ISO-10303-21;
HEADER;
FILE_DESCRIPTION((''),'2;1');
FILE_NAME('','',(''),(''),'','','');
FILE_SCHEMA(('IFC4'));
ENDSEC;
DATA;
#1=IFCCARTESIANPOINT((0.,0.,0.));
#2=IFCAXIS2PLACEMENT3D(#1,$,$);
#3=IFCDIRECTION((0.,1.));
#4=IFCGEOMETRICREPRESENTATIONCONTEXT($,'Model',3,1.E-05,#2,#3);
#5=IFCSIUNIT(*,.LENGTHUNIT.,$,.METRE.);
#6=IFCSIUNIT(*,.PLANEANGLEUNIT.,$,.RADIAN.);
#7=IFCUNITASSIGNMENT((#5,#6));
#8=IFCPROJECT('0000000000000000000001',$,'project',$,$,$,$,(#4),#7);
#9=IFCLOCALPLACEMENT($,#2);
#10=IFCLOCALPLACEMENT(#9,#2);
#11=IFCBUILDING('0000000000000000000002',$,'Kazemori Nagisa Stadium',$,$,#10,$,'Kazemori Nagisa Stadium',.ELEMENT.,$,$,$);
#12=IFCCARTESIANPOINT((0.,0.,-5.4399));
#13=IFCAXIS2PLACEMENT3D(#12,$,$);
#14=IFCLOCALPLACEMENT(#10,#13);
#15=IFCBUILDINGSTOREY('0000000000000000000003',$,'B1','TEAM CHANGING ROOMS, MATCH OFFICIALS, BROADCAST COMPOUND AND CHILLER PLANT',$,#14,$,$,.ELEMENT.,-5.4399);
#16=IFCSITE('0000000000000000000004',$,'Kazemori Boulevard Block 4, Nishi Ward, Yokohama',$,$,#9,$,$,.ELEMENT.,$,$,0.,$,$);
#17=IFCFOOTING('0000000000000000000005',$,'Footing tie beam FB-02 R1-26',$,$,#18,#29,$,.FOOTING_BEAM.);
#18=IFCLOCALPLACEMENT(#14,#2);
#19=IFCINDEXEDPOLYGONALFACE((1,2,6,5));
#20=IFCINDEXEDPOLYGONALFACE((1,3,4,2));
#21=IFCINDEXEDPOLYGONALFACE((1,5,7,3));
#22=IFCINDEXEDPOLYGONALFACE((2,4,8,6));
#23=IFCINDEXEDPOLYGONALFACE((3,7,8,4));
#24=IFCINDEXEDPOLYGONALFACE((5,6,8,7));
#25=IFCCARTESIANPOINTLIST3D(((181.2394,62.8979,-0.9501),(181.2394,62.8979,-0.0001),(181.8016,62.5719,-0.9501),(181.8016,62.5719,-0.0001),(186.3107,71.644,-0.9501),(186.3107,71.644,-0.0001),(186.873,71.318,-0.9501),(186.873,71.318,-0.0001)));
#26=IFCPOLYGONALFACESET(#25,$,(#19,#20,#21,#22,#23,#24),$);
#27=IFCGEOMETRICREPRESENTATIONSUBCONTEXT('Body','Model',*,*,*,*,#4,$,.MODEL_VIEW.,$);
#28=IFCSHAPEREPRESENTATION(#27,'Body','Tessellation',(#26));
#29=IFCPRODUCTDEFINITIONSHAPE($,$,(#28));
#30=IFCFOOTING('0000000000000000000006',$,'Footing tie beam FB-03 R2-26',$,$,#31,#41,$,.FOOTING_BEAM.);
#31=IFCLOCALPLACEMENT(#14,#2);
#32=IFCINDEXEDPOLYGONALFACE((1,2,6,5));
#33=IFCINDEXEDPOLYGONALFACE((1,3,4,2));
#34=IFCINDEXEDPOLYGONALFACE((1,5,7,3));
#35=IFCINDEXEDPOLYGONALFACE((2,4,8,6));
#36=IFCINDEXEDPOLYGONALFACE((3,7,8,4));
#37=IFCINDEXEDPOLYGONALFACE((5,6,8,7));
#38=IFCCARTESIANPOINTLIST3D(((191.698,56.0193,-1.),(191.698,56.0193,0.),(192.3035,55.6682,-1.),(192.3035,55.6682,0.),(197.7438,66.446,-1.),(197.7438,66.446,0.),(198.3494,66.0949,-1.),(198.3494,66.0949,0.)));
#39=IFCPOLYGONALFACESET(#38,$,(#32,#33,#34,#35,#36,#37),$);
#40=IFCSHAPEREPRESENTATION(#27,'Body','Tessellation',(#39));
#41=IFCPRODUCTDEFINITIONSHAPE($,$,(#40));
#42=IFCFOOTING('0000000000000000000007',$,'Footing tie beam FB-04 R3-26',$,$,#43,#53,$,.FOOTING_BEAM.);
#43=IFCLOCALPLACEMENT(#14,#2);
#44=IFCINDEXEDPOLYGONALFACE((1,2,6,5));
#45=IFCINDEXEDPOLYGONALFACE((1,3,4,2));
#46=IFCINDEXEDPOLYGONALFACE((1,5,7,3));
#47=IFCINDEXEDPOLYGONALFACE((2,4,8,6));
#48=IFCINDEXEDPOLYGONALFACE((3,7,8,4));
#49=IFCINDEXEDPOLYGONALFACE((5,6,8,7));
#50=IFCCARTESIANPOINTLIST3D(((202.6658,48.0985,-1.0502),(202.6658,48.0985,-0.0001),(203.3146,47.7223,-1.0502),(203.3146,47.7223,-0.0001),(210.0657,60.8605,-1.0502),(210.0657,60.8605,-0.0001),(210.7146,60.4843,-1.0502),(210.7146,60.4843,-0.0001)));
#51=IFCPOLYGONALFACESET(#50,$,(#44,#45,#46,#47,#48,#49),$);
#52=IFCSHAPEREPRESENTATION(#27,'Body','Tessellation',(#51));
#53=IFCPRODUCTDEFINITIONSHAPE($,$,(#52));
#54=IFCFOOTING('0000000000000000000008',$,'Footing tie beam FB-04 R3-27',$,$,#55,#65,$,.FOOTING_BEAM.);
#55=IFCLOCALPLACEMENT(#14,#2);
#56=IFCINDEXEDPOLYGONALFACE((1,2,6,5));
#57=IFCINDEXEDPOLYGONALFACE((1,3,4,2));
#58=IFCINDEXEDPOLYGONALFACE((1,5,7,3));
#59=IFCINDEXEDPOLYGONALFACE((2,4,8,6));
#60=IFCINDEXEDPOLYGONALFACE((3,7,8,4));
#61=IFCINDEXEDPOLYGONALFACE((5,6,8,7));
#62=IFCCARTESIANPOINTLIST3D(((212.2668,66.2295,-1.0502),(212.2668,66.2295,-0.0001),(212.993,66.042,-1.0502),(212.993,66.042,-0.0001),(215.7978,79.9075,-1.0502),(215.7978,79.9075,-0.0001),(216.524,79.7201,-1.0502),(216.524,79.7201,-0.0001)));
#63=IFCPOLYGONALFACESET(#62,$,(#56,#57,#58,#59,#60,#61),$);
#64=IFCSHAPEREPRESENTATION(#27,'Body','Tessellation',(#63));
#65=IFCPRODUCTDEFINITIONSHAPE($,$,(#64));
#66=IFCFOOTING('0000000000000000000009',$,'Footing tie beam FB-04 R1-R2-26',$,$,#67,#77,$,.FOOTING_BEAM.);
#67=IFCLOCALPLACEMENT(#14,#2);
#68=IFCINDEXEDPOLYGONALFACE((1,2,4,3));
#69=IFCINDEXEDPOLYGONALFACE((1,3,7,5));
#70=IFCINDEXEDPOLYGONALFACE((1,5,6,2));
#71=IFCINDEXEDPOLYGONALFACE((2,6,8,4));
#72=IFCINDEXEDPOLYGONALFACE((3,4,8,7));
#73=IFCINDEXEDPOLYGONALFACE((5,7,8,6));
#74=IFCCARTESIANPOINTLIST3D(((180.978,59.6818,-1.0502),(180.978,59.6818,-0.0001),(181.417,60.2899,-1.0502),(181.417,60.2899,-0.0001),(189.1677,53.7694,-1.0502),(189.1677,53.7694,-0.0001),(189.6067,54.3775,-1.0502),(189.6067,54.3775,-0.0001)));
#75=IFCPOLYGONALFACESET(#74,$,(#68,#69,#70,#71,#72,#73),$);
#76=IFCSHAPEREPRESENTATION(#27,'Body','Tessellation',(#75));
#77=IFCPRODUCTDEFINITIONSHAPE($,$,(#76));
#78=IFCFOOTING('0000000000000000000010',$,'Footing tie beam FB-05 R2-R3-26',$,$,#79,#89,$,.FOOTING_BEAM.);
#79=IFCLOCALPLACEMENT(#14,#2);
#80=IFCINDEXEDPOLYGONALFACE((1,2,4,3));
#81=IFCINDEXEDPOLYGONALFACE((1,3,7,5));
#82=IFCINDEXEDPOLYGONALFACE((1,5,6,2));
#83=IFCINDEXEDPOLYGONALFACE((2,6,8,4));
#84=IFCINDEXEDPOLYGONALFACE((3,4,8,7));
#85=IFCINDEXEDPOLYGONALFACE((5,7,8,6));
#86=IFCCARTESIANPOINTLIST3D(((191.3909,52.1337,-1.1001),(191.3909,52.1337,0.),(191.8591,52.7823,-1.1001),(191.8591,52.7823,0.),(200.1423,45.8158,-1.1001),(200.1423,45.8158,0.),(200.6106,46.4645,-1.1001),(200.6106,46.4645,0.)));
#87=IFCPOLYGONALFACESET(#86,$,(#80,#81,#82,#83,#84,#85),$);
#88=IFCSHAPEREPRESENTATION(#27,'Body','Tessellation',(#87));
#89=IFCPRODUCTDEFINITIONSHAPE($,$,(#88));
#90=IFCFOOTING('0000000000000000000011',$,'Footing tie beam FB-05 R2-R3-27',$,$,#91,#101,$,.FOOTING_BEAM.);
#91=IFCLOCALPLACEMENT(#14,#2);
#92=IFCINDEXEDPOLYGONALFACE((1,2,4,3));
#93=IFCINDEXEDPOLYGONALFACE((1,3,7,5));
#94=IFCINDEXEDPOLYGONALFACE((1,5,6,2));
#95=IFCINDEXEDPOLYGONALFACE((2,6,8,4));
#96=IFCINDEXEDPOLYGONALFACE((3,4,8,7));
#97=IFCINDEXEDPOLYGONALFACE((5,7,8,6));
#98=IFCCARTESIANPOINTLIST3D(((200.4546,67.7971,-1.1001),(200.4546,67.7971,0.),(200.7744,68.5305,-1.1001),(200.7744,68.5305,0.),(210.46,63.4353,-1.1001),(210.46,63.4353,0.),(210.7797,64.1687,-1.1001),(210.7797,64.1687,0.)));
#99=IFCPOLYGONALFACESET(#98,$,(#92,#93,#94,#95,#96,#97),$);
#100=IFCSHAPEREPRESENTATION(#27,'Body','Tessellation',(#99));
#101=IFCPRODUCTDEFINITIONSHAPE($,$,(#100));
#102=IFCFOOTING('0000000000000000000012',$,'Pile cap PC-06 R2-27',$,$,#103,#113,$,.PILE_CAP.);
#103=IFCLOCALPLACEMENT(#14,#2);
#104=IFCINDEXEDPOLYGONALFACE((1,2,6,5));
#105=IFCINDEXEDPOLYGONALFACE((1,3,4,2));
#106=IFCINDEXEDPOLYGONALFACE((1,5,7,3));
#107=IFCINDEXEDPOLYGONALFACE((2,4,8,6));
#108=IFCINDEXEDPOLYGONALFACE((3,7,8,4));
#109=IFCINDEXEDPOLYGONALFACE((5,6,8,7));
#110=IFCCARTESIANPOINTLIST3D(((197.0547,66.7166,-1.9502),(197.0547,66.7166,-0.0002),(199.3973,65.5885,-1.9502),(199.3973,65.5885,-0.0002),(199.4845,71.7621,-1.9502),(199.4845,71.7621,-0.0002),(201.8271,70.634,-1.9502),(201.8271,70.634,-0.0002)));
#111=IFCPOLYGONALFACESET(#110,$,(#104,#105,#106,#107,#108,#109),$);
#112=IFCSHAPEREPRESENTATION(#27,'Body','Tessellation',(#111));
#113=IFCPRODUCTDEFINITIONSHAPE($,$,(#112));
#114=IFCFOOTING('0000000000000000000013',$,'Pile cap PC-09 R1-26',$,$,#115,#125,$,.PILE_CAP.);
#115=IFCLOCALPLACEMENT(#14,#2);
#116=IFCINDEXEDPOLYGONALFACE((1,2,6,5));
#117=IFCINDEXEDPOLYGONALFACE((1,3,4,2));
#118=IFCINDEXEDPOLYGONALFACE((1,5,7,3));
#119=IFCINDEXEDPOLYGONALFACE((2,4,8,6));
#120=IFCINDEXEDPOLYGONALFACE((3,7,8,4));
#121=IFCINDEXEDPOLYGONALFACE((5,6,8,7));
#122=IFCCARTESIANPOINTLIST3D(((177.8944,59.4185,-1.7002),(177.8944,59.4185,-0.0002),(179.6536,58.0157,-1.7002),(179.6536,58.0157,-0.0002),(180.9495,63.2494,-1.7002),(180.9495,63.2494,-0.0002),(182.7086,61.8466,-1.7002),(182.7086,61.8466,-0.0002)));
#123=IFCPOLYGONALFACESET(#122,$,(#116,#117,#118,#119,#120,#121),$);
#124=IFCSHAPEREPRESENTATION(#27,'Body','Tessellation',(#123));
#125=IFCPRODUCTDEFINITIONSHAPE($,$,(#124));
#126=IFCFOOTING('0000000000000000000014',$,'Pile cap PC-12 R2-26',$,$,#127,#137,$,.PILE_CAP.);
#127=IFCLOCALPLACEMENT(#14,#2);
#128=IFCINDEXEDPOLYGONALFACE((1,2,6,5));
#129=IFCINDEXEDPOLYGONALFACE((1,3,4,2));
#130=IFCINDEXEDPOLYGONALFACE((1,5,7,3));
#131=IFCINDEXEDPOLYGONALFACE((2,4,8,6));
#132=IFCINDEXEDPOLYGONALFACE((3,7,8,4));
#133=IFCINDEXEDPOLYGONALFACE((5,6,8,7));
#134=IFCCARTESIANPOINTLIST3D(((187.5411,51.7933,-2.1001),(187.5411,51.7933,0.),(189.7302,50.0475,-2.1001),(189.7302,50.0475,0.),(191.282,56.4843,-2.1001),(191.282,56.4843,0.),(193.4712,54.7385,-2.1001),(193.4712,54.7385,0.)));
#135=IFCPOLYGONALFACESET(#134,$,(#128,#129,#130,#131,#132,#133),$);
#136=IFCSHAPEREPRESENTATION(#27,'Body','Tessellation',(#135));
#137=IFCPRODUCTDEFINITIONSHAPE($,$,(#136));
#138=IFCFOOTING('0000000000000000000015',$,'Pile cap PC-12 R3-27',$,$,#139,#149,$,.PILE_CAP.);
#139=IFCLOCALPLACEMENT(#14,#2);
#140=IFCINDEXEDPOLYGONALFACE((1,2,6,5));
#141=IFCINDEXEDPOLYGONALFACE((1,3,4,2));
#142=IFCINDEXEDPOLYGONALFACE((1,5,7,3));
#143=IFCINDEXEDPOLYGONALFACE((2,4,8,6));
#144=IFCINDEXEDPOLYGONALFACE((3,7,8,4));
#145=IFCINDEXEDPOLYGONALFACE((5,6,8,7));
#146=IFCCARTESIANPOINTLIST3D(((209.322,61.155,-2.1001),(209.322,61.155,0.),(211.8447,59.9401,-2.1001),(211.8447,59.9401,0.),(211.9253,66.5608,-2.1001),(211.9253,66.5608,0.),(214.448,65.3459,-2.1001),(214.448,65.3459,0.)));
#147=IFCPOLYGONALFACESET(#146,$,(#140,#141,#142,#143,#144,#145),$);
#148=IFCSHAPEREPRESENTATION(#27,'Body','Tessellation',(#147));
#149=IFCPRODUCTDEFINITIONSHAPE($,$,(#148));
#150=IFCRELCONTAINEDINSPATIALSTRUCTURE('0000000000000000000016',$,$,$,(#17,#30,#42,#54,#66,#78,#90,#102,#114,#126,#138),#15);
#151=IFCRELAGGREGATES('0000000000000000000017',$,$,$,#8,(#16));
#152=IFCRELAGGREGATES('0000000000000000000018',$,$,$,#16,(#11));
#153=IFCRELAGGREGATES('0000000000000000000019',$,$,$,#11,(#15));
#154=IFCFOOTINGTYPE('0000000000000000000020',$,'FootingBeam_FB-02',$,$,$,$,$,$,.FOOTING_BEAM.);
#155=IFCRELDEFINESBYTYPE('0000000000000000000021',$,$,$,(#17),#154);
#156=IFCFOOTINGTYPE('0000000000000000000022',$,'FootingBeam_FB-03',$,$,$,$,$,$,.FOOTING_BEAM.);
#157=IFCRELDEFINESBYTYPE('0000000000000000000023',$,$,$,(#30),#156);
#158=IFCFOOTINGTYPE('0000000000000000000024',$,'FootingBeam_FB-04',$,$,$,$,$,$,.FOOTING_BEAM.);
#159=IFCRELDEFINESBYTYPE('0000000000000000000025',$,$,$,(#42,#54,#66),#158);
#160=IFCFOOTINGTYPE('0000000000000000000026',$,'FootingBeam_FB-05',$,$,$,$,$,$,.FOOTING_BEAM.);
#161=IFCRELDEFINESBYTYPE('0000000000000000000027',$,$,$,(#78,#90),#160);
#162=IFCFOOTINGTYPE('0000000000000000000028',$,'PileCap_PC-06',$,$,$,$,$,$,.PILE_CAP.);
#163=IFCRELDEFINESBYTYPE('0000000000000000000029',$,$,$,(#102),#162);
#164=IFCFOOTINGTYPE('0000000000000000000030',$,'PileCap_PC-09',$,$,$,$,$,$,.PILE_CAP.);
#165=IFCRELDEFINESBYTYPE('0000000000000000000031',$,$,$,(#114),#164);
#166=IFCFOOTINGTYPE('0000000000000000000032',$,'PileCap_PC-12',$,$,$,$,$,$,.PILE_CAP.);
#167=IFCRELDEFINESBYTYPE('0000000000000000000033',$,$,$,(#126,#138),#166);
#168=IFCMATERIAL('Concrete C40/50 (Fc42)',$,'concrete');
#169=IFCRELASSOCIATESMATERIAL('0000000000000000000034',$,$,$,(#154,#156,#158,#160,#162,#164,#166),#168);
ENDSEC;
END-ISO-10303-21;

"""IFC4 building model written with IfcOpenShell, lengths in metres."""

from ifc_helpers import new_model, si_unit, direction, frame, origin, origin_2d, place, context, subcontext, project, spatial, rectangle, extrude, material, material_profile, profile_set, type_object, element, save


model = new_model("IFC4")

# Units and contexts
model_context = context("Model", 3, precision=1e-05, world=origin(), true_north=direction((0.0, 1.0)))
body_context = subcontext(model_context, "Body", "Model", "MODEL_VIEW")
ifc_project = project(units=[si_unit("LENGTHUNIT", "METRE"), si_unit("PLANEANGLEUNIT", "RADIAN")], contexts=[model_context])

# Site, building, storey
site_placement = place(None, origin())
site = spatial("IfcSite", under=ifc_project, at=site_placement, Name="Kazemori Boulevard Block 4, Nishi Ward, Yokohama", CompositionType="ELEMENT", RefElevation=0.0)
building_placement = place(site_placement, origin())
building = spatial("IfcBuilding", under=site, at=building_placement, Name="Kazemori Nagisa Stadium", LongName="Kazemori Nagisa Stadium", CompositionType="ELEMENT")
storey_placement = place(building_placement, frame((0.0, 0.0, -5.4399)))
storey = spatial("IfcBuildingStorey", under=building, at=storey_placement, Name="B1", Description="TEAM CHANGING ROOMS, MATCH OFFICIALS, BROADCAST COMPOUND AND CHILLER PLANT", CompositionType="ELEMENT", Elevation=-5.4399)

# Footings
ifc_material_1 = material(Name="Concrete C40/50 (Fc42)", Category="concrete")
ifc_material_profile_1 = material_profile(ifc_material_1, rectangle(XDim=0.6499, YDim=0.95, at=origin_2d()), Name="RC-FB-650x950")
ifc_profile_set_1 = profile_set([ifc_material_profile_1], Name="Concrete C40/50 (Fc42)")
footing_type_1 = type_object("IfcFootingType", Name="FootingBeam_FB-02", PredefinedType="FOOTING_BEAM", material=ifc_profile_set_1)
footing_1_placement = place(storey_placement, frame((181.5205, 62.7349, -0.4751), z_axis=(0.501611, 0.865093, 0.0), x_axis=(-0.865093, 0.501611, 0.0)))
element("IfcFooting", 1, at=footing_1_placement, inside=storey, type_object=footing_type_1, Name="Footing tie beam FB-02 R1-26", PredefinedType="FOOTING_BEAM", context=body_context, shape_type="SweptSolid", body=[
    extrude(rectangle(XDim=0.6499, YDim=0.95, at=origin_2d()), origin(), (0.0, 0.0, 1.0), 10.1101),
])
ifc_material_profile_2 = material_profile(ifc_material_1, rectangle(XDim=0.7, YDim=1.0, at=origin_2d()), Name="RC-FB-700x1000")
ifc_profile_set_2 = profile_set([ifc_material_profile_2], Name="Concrete C40/50 (Fc42)")
footing_type_2 = type_object("IfcFootingType", Name="FootingBeam_FB-03", PredefinedType="FOOTING_BEAM", material=ifc_profile_set_2)
footing_2_placement = place(storey_placement, frame((192.0007, 55.8438, -0.5), z_axis=(0.501617, 0.86509, 0.0), x_axis=(-0.86509, 0.501617, 0.0)))
element("IfcFooting", 2, at=footing_2_placement, inside=storey, type_object=footing_type_2, Name="Footing tie beam FB-03 R2-26", PredefinedType="FOOTING_BEAM", context=body_context, shape_type="SweptSolid", body=[
    extrude(rectangle(XDim=0.7, YDim=1.0, at=origin_2d()), origin(), (0.0, 0.0, 1.0), 12.0527),
])
ifc_material_profile_3 = material_profile(ifc_material_1, rectangle(XDim=0.75, YDim=1.05, at=origin_2d()), Name="RC-FB-750x1050")
ifc_profile_set_3 = profile_set([ifc_material_profile_3], Name="Concrete C40/50 (Fc42)")
footing_type_3 = type_object("IfcFootingType", Name="FootingBeam_FB-04", PredefinedType="FOOTING_BEAM", material=ifc_profile_set_3)
footing_3_placement = place(storey_placement, frame((202.9902, 47.9104, -0.5251), z_axis=(0.501615, 0.865091, 0.0), x_axis=(-0.865091, 0.501615, 0.0)))
element("IfcFooting", 3, at=footing_3_placement, inside=storey, type_object=footing_type_3, Name="Footing tie beam FB-04 R3-26", PredefinedType="FOOTING_BEAM", context=body_context, shape_type="SweptSolid", body=[
    extrude(rectangle(XDim=0.75, YDim=1.05, at=origin_2d()), origin(), (0.0, 0.0, 1.0), 14.7522),
])
footing_4_placement = place(storey_placement, frame((212.6299, 66.1357, -0.5251), z_axis=(0.249958, 0.968257, 0.0), x_axis=(-0.968257, 0.249958, 0.0)))
element("IfcFooting", 4, at=footing_4_placement, inside=storey, type_object=footing_type_3, Name="Footing tie beam FB-04 R3-27", PredefinedType="FOOTING_BEAM", context=body_context, shape_type="SweptSolid", body=[
    extrude(rectangle(XDim=0.75, YDim=1.05, at=origin_2d()), origin(), (0.0, 0.0, 1.0), 14.1265),
])
footing_5_placement = place(storey_placement, frame((181.1975, 59.9858, -0.5251), z_axis=(0.810793, -0.585333, 0.0), x_axis=(0.585333, 0.810793, 0.0)))
element("IfcFooting", 5, at=footing_5_placement, inside=storey, type_object=footing_type_3, Name="Footing tie beam FB-04 R1-R2-26", PredefinedType="FOOTING_BEAM", context=body_context, shape_type="SweptSolid", body=[
    extrude(rectangle(XDim=0.75, YDim=1.05, at=origin_2d()), origin(), (0.0, 0.0, 1.0), 10.1008),
])
ifc_material_profile_4 = material_profile(ifc_material_1, rectangle(XDim=0.8, YDim=1.1001, at=origin_2d()), Name="RC-FB-800x1100")
ifc_profile_set_4 = profile_set([ifc_material_profile_4], Name="Concrete C40/50 (Fc42)")
footing_type_4 = type_object("IfcFootingType", Name="FootingBeam_FB-05", PredefinedType="FOOTING_BEAM", material=ifc_profile_set_4)
footing_6_placement = place(storey_placement, frame((191.625, 52.458, -0.55), z_axis=(0.810795, -0.58533, 0.0), x_axis=(0.58533, 0.810795, 0.0)))
element("IfcFooting", 6, at=footing_6_placement, inside=storey, type_object=footing_type_4, Name="Footing tie beam FB-05 R2-R3-26", PredefinedType="FOOTING_BEAM", context=body_context, shape_type="SweptSolid", body=[
    extrude(rectangle(XDim=0.8, YDim=1.1001, at=origin_2d()), origin(), (0.0, 0.0, 1.0), 10.7937),
])
footing_7_placement = place(storey_placement, frame((200.6145, 68.1638, -0.55), z_axis=(0.916679, -0.399624, 0.0), x_axis=(0.399624, 0.916679, 0.0)))
element("IfcFooting", 7, at=footing_7_placement, inside=storey, type_object=footing_type_4, Name="Footing tie beam FB-05 R2-R3-27", PredefinedType="FOOTING_BEAM", context=body_context, shape_type="SweptSolid", body=[
    extrude(rectangle(XDim=0.8, YDim=1.1001, at=origin_2d()), origin(), (0.0, 0.0, 1.0), 10.9148),
])
footing_type_5 = type_object("IfcFootingType", Name="PileCap_PC-06", PredefinedType="PILE_CAP", material=ifc_material_1)
footing_8_placement = place(storey_placement, frame((199.4409, 68.6753, -1.9502), z_axis=(0.0, 0.0, 1.0), x_axis=(0.433884, 0.900969, 0.0)))
element("IfcFooting", 8, at=footing_8_placement, inside=storey, type_object=footing_type_5, Name="Pile cap PC-06 R2-27", PredefinedType="PILE_CAP", context=body_context, shape_type="SweptSolid", body=[
    extrude(rectangle(XDim=5.6001, YDim=2.6001, at=origin_2d()), origin(), (0.0, 0.0, 1.0), 1.95),
])
footing_type_6 = type_object("IfcFootingType", Name="PileCap_PC-09", PredefinedType="PILE_CAP", material=ifc_material_1)
footing_9_placement = place(storey_placement, frame((180.3015, 60.6326, -1.7002), z_axis=(0.0, 0.0, 1.0), x_axis=(0.62349, 0.781831, 0.0)))
element("IfcFooting", 9, at=footing_9_placement, inside=storey, type_object=footing_type_6, Name="Pile cap PC-09 R1-26", PredefinedType="PILE_CAP", context=body_context, shape_type="SweptSolid", body=[
    extrude(rectangle(XDim=4.8999, YDim=2.25, at=origin_2d()), origin(), (0.0, 0.0, 1.0), 1.7),
])
footing_type_7 = type_object("IfcFootingType", Name="PileCap_PC-12", PredefinedType="PILE_CAP", material=ifc_material_1)
for number, where, z_axis, x_axis, name in (
    (10, (190.5061, 53.2659, -2.1001), (0.0, 0.0, 1.0), (0.62349, 0.781831, 0.0), "Pile cap PC-12 R2-26"),
    (11, (211.885, 63.2505, -2.1001), (0.0, 0.0, 1.0), (0.433884, 0.900969, 0.0), "Pile cap PC-12 R3-27"),
):
    element("IfcFooting", number, at=place(storey_placement, frame(where, z_axis=z_axis, x_axis=x_axis)), inside=storey, type_object=footing_type_7, Name=name, PredefinedType="PILE_CAP", context=body_context, shape_type="SweptSolid", body=[
        extrude(rectangle(XDim=6.0, YDim=2.8, at=origin_2d()), origin(), (0.0, 0.0, 1.0), 2.1001),
    ])

save(model, "model.ifc")
